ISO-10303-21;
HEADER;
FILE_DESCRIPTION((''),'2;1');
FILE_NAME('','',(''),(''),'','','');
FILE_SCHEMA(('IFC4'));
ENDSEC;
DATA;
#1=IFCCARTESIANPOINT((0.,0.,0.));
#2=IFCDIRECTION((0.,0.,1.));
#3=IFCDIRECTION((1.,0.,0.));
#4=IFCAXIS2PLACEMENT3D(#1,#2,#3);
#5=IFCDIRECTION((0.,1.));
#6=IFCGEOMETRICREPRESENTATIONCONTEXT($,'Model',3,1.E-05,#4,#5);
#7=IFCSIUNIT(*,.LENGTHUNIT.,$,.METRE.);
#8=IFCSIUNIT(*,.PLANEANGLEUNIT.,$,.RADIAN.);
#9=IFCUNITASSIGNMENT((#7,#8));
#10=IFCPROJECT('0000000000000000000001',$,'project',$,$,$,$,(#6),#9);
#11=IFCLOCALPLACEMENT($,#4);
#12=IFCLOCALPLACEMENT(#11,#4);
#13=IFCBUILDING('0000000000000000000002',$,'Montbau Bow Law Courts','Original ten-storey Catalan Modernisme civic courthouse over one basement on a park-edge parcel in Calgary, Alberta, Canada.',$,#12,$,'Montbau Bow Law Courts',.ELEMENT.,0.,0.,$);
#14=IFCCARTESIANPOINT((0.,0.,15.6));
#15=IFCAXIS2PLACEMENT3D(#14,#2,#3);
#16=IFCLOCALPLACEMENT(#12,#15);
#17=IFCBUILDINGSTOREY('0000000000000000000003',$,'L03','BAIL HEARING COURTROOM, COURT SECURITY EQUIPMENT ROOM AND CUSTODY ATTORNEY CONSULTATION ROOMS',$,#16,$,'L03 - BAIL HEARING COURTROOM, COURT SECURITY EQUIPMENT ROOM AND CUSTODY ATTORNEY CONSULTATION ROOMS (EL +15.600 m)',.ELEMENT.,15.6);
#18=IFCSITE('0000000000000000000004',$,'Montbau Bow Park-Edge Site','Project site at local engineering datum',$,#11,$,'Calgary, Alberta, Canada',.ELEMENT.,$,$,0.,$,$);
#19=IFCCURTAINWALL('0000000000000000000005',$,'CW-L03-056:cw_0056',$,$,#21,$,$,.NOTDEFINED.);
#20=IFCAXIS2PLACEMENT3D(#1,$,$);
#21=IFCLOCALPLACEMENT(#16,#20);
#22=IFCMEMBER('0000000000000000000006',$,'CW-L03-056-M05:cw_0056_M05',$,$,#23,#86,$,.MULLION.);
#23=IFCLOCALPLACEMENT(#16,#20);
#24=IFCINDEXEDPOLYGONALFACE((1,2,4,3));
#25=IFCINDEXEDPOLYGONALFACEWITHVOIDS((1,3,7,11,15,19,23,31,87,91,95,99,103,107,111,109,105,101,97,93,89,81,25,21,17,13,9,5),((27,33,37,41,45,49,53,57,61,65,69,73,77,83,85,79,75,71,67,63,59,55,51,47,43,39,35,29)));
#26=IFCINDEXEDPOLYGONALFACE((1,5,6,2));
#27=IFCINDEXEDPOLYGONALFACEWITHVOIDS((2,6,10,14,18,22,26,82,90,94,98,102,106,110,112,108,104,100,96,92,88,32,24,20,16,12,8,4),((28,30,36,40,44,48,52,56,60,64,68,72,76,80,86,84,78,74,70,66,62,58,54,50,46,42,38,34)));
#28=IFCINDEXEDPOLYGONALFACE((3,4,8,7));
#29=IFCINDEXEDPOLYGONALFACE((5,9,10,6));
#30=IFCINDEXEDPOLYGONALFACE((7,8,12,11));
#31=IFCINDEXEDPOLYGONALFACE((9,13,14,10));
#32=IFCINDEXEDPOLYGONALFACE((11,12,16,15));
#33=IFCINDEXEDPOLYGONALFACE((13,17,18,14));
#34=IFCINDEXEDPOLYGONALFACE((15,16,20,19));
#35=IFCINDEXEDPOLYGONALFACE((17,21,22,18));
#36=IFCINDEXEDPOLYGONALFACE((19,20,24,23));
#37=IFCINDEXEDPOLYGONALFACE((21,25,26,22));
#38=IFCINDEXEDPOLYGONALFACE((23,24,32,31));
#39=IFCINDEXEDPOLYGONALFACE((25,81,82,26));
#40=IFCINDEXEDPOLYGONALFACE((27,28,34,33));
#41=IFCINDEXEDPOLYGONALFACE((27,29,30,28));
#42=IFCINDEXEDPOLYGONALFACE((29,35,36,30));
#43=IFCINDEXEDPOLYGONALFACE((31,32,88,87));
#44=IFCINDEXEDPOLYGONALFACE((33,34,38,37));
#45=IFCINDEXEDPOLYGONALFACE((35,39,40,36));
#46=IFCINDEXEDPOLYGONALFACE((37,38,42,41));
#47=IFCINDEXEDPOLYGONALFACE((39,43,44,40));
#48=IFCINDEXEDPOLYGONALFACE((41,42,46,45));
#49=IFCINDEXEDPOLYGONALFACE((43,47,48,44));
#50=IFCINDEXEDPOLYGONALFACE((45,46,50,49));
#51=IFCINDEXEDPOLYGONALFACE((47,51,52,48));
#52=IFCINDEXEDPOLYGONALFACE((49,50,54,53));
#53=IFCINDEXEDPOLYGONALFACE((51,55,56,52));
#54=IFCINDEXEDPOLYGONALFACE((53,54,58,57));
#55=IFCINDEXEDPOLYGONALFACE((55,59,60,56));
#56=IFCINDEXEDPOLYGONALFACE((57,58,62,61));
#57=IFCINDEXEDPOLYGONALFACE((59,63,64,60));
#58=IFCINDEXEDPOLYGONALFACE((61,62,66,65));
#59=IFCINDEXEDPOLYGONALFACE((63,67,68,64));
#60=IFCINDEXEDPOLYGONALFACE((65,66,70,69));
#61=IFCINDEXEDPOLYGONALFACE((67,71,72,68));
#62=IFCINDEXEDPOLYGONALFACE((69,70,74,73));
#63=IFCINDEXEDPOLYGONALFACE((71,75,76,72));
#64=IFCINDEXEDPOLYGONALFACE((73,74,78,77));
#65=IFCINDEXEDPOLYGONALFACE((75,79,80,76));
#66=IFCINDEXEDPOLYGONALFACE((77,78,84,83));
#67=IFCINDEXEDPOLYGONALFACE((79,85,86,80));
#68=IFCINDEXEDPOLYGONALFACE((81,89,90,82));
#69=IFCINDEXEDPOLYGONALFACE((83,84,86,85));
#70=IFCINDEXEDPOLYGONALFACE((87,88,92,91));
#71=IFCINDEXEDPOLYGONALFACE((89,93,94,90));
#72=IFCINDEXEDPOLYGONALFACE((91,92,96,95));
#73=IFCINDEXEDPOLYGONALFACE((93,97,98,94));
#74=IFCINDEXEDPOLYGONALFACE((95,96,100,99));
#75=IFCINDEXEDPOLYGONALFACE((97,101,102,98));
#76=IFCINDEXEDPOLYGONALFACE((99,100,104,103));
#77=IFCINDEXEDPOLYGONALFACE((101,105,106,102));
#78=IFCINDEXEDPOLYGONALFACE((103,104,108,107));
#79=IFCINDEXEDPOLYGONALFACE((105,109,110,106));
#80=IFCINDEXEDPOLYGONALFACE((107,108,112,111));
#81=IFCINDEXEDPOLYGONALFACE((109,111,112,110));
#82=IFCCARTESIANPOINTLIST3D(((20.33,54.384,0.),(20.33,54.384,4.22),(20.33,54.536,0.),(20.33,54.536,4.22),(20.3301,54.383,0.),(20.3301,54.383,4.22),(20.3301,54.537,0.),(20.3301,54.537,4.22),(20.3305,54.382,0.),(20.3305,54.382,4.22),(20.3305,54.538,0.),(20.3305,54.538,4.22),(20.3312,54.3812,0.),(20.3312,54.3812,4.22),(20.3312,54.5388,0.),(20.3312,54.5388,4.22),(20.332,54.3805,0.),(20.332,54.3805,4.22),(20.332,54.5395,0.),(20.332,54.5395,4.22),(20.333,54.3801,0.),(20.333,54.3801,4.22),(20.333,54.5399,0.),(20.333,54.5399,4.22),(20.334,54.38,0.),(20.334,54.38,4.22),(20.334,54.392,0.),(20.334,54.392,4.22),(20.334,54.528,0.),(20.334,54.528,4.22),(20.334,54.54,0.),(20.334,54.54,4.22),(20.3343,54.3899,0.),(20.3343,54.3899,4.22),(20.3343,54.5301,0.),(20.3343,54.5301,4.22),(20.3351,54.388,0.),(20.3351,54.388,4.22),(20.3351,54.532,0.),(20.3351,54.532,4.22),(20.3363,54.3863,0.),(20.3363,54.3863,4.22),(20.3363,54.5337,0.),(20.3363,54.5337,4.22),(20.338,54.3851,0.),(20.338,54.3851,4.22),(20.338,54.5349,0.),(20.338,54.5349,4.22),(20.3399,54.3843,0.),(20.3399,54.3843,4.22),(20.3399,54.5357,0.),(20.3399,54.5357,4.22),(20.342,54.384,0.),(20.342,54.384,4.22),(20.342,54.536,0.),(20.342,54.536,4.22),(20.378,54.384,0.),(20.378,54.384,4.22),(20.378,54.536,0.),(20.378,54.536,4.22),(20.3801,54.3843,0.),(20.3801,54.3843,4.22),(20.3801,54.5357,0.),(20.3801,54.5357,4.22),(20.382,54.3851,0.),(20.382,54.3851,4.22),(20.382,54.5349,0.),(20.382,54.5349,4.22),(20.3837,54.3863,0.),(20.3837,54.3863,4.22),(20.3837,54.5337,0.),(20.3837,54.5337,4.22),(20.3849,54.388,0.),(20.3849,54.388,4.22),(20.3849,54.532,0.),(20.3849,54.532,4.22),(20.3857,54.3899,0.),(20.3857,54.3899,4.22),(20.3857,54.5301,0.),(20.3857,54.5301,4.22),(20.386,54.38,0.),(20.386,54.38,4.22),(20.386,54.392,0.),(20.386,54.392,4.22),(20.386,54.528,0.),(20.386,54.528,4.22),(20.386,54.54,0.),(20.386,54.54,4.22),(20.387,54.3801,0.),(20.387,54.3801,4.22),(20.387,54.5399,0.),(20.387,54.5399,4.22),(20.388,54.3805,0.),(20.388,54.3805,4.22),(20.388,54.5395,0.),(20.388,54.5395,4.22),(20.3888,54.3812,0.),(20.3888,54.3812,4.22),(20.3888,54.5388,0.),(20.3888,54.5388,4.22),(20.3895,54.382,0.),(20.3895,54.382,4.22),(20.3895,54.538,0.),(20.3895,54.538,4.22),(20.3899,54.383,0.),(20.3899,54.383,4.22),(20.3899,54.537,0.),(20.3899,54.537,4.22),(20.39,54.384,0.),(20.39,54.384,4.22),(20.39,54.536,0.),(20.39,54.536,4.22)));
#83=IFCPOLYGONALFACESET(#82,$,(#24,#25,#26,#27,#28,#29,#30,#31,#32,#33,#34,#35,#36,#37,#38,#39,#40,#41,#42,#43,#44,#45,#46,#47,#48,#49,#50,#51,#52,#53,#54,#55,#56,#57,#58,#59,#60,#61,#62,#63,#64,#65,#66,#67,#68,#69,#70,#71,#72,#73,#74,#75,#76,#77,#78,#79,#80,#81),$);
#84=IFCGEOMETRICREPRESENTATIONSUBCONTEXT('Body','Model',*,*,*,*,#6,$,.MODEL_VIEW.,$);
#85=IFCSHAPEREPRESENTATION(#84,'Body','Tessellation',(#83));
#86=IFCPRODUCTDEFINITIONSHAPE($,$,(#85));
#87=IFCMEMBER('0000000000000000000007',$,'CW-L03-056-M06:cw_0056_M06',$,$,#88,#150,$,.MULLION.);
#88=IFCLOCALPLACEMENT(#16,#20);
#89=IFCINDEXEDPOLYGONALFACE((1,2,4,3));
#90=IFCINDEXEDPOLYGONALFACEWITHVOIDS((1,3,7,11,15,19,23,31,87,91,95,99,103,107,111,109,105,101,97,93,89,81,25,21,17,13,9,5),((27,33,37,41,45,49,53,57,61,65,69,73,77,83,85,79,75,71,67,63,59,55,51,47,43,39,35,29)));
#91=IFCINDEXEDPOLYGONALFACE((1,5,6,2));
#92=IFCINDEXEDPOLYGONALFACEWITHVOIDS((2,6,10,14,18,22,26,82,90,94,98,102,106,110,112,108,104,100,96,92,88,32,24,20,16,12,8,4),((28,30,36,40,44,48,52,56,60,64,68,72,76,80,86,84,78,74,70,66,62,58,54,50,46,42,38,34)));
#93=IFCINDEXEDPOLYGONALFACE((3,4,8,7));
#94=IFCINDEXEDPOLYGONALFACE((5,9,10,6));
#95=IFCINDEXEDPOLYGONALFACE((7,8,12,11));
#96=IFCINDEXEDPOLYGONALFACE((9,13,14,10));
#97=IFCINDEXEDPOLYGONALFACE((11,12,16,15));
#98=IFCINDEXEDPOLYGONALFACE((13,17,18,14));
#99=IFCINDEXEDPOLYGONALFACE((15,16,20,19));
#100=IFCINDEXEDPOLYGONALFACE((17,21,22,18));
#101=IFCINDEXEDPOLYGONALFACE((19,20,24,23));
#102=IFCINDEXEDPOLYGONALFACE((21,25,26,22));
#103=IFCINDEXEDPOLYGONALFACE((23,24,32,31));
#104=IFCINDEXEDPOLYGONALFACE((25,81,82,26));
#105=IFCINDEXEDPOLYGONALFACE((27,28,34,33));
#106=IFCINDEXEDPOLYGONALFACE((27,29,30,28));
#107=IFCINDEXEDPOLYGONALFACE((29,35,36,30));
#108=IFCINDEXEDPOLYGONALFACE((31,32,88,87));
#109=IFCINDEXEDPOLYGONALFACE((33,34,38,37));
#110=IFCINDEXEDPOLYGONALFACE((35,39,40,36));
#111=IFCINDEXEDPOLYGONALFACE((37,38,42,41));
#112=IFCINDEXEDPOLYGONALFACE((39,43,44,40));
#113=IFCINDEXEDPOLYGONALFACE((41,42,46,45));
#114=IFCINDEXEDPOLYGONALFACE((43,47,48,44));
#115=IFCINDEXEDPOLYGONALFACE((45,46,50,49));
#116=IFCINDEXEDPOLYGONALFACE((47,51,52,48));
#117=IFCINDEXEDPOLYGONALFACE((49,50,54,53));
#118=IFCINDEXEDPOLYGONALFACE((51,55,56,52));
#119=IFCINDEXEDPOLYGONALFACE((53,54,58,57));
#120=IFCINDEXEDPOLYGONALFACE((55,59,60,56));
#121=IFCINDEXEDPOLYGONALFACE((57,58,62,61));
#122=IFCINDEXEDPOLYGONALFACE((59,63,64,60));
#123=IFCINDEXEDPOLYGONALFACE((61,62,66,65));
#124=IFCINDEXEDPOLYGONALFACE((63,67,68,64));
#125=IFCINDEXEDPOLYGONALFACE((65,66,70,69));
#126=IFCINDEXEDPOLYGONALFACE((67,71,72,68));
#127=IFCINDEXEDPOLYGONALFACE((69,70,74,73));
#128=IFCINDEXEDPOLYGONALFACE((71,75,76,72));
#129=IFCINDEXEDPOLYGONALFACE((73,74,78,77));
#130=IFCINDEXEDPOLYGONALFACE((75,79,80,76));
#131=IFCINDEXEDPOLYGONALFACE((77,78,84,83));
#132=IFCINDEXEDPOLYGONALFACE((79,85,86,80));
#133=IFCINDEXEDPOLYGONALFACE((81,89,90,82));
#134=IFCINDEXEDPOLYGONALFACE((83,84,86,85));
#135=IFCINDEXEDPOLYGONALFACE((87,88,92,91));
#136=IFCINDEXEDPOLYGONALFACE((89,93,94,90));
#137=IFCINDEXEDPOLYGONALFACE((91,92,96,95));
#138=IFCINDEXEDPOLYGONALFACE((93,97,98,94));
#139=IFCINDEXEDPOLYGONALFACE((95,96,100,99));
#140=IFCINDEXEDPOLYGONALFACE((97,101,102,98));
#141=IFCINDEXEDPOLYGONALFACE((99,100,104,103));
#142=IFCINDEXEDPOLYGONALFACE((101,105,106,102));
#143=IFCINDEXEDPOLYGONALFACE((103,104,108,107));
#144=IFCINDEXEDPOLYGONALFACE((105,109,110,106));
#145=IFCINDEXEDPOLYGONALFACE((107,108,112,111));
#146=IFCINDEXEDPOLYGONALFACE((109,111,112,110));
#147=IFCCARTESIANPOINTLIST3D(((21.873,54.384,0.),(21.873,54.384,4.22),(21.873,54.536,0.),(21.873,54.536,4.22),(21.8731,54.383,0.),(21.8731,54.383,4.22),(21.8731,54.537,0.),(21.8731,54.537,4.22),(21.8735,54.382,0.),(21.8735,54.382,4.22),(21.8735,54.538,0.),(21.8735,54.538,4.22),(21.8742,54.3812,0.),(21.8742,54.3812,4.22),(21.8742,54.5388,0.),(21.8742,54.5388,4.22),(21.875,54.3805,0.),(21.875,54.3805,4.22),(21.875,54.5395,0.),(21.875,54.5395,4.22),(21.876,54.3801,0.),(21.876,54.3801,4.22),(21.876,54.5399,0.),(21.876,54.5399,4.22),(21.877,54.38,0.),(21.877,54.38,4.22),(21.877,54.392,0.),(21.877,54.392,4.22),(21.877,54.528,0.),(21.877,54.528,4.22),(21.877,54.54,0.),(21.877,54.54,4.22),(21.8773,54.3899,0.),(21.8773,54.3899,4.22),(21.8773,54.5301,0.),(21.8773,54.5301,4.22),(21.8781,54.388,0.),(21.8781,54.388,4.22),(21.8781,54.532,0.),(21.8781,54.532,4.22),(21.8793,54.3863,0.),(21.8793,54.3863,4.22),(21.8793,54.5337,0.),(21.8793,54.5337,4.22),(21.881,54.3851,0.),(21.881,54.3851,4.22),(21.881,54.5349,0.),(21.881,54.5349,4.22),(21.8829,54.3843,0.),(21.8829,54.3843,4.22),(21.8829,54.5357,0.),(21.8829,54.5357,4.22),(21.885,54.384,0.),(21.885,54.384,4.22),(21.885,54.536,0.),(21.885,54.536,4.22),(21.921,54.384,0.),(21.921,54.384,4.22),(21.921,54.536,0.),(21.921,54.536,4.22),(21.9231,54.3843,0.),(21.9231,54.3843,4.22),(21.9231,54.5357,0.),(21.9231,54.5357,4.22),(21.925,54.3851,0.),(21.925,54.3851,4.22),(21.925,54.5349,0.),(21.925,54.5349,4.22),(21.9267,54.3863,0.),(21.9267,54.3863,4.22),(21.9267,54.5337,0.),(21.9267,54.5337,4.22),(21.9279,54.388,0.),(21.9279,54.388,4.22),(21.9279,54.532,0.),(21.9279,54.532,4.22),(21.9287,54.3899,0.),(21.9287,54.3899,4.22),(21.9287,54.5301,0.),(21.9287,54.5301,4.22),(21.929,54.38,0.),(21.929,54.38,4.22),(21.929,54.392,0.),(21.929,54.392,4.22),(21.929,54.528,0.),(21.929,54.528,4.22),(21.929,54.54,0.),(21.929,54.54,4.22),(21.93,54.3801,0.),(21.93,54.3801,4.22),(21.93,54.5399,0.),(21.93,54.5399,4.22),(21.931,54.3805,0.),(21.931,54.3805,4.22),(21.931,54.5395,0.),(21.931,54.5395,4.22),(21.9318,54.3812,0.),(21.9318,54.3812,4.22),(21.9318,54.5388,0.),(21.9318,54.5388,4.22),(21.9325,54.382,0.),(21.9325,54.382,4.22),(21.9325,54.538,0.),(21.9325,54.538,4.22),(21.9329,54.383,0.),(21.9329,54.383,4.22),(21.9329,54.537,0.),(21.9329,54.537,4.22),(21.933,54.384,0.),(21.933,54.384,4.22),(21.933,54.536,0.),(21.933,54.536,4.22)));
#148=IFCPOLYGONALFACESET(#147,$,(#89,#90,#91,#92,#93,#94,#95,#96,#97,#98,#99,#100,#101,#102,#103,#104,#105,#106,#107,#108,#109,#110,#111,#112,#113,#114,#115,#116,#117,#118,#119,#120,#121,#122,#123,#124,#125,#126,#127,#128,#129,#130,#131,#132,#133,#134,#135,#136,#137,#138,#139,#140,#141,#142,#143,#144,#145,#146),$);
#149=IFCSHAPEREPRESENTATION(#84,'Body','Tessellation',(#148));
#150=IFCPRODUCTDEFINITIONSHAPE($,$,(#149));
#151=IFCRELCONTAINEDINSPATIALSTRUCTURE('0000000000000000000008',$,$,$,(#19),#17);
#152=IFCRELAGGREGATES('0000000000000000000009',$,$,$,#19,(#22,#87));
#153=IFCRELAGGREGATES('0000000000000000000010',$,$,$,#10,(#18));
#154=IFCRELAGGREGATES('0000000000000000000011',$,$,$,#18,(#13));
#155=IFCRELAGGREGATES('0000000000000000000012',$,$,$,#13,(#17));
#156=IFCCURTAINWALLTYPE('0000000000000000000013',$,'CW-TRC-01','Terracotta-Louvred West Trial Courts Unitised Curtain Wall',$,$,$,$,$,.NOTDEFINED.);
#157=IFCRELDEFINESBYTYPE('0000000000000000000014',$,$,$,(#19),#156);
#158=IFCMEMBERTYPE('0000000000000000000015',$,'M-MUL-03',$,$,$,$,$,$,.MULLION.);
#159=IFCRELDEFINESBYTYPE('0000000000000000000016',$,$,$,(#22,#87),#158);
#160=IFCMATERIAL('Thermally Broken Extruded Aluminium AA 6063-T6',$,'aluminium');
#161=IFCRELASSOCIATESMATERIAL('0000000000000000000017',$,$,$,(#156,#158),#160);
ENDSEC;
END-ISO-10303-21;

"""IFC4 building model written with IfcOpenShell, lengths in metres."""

from ifc_helpers import new_model, si_unit, direction, frame, origin_with_axes, origin_2d_with_axis, place, context, subcontext, project, spatial, hollow_rectangle, extrude, material, material_profile, profile_set, type_object, element, aggregate, save


model = new_model("IFC4")

# Units and contexts
model_context = context("Model", 3, precision=1e-05, world=origin_with_axes(), true_north=direction((0.0, 1.0)))
body_context = subcontext(model_context, "Body", "Model", "MODEL_VIEW")
ifc_project = project(units=[si_unit("LENGTHUNIT", "METRE"), si_unit("PLANEANGLEUNIT", "RADIAN")], contexts=[model_context])

# Site, building, storey
site_placement = place(None, origin_with_axes())
site = spatial("IfcSite", under=ifc_project, at=site_placement, Name="Montbau Bow Park-Edge Site", Description="Project site at local engineering datum", LongName="Calgary, Alberta, Canada", CompositionType="ELEMENT", RefElevation=0.0)
building_placement = place(site_placement, origin_with_axes())
building = spatial("IfcBuilding", under=site, at=building_placement, Name="Montbau Bow Law Courts", Description="Original ten-storey Catalan Modernisme civic courthouse over one basement on a park-edge parcel in Calgary, Alberta, Canada.", LongName="Montbau Bow Law Courts", CompositionType="ELEMENT", ElevationOfRefHeight=0.0, ElevationOfTerrain=0.0)
storey_placement = place(building_placement, frame((0.0, 0.0, 15.6), z_axis=(0.0, 0.0, 1.0), x_axis=(1.0, 0.0, 0.0)))
storey = spatial("IfcBuildingStorey", under=building, at=storey_placement, Name="L03", Description="BAIL HEARING COURTROOM, COURT SECURITY EQUIPMENT ROOM AND CUSTODY ATTORNEY CONSULTATION ROOMS", LongName="L03 - BAIL HEARING COURTROOM, COURT SECURITY EQUIPMENT ROOM AND CUSTODY ATTORNEY CONSULTATION ROOMS (EL +15.600 m)", CompositionType="ELEMENT", Elevation=15.6)

# Curtain wall, members
ifc_material_1 = material(Name="Thermally Broken Extruded Aluminium AA 6063-T6", Category="aluminium")
curtain_wall_type = type_object("IfcCurtainWallType", Name="CW-TRC-01", Description="Terracotta-Louvred West Trial Courts Unitised Curtain Wall", PredefinedType="NOTDEFINED", material=ifc_material_1)
curtain_wall_1_placement = place(None, frame((14.068, 54.46, 15.6), z_axis=(0.0, 0.0, 1.0), x_axis=(1.0, 0.0, 0.0)))
curtain_wall_1 = element("IfcCurtainWall", 1, at=curtain_wall_1_placement, inside=storey, type_object=curtain_wall_type, Name="CW-L03-056:cw_0056", PredefinedType="NOTDEFINED")
ifc_material_profile_1 = material_profile(ifc_material_1, hollow_rectangle(XDim=0.06, YDim=0.16, WallThickness=0.004, InnerFilletRadius=0.008, OuterFilletRadius=0.004, at=origin_2d_with_axis()), Name="CWM-160X60", Category="Main", Priority=0)
ifc_profile_set_1 = profile_set([ifc_material_profile_1], Name="Thermally Broken Extruded Aluminium AA 6063-T6")
member_type_1 = type_object("IfcMemberType", Name="M-MUL-03", PredefinedType="MULLION", material=ifc_profile_set_1)
member_1_placement = place(None, frame((20.36, 54.46, 15.6), z_axis=(0.0, 0.0, 1.0), x_axis=(1.0, 0.0, 0.0)))
member_1 = element("IfcMember", 2, at=member_1_placement, type_object=member_type_1, Name="CW-L03-056-M05:cw_0056_M05", PredefinedType="MULLION", context=body_context, shape_type="SweptSolid", body=[
    extrude(hollow_rectangle(XDim=0.06, YDim=0.16, WallThickness=0.004, InnerFilletRadius=0.008, OuterFilletRadius=0.004, at=origin_2d_with_axis()), origin_with_axes(), (0.0, 0.0, 1.0), 4.22),
])
member_2_placement = place(None, frame((21.903, 54.46, 15.6), z_axis=(0.0, 0.0, 1.0), x_axis=(1.0, 0.0, 0.0)))
member_2 = element("IfcMember", 3, at=member_2_placement, type_object=member_type_1, Name="CW-L03-056-M06:cw_0056_M06", PredefinedType="MULLION", context=body_context, shape_type="SweptSolid", body=[
    extrude(hollow_rectangle(XDim=0.06, YDim=0.16, WallThickness=0.004, InnerFilletRadius=0.008, OuterFilletRadius=0.004, at=origin_2d_with_axis()), origin_with_axes(), (0.0, 0.0, 1.0), 4.22),
])

aggregate(curtain_wall_1, [member_1, member_2])

save(model, "model.ifc")
